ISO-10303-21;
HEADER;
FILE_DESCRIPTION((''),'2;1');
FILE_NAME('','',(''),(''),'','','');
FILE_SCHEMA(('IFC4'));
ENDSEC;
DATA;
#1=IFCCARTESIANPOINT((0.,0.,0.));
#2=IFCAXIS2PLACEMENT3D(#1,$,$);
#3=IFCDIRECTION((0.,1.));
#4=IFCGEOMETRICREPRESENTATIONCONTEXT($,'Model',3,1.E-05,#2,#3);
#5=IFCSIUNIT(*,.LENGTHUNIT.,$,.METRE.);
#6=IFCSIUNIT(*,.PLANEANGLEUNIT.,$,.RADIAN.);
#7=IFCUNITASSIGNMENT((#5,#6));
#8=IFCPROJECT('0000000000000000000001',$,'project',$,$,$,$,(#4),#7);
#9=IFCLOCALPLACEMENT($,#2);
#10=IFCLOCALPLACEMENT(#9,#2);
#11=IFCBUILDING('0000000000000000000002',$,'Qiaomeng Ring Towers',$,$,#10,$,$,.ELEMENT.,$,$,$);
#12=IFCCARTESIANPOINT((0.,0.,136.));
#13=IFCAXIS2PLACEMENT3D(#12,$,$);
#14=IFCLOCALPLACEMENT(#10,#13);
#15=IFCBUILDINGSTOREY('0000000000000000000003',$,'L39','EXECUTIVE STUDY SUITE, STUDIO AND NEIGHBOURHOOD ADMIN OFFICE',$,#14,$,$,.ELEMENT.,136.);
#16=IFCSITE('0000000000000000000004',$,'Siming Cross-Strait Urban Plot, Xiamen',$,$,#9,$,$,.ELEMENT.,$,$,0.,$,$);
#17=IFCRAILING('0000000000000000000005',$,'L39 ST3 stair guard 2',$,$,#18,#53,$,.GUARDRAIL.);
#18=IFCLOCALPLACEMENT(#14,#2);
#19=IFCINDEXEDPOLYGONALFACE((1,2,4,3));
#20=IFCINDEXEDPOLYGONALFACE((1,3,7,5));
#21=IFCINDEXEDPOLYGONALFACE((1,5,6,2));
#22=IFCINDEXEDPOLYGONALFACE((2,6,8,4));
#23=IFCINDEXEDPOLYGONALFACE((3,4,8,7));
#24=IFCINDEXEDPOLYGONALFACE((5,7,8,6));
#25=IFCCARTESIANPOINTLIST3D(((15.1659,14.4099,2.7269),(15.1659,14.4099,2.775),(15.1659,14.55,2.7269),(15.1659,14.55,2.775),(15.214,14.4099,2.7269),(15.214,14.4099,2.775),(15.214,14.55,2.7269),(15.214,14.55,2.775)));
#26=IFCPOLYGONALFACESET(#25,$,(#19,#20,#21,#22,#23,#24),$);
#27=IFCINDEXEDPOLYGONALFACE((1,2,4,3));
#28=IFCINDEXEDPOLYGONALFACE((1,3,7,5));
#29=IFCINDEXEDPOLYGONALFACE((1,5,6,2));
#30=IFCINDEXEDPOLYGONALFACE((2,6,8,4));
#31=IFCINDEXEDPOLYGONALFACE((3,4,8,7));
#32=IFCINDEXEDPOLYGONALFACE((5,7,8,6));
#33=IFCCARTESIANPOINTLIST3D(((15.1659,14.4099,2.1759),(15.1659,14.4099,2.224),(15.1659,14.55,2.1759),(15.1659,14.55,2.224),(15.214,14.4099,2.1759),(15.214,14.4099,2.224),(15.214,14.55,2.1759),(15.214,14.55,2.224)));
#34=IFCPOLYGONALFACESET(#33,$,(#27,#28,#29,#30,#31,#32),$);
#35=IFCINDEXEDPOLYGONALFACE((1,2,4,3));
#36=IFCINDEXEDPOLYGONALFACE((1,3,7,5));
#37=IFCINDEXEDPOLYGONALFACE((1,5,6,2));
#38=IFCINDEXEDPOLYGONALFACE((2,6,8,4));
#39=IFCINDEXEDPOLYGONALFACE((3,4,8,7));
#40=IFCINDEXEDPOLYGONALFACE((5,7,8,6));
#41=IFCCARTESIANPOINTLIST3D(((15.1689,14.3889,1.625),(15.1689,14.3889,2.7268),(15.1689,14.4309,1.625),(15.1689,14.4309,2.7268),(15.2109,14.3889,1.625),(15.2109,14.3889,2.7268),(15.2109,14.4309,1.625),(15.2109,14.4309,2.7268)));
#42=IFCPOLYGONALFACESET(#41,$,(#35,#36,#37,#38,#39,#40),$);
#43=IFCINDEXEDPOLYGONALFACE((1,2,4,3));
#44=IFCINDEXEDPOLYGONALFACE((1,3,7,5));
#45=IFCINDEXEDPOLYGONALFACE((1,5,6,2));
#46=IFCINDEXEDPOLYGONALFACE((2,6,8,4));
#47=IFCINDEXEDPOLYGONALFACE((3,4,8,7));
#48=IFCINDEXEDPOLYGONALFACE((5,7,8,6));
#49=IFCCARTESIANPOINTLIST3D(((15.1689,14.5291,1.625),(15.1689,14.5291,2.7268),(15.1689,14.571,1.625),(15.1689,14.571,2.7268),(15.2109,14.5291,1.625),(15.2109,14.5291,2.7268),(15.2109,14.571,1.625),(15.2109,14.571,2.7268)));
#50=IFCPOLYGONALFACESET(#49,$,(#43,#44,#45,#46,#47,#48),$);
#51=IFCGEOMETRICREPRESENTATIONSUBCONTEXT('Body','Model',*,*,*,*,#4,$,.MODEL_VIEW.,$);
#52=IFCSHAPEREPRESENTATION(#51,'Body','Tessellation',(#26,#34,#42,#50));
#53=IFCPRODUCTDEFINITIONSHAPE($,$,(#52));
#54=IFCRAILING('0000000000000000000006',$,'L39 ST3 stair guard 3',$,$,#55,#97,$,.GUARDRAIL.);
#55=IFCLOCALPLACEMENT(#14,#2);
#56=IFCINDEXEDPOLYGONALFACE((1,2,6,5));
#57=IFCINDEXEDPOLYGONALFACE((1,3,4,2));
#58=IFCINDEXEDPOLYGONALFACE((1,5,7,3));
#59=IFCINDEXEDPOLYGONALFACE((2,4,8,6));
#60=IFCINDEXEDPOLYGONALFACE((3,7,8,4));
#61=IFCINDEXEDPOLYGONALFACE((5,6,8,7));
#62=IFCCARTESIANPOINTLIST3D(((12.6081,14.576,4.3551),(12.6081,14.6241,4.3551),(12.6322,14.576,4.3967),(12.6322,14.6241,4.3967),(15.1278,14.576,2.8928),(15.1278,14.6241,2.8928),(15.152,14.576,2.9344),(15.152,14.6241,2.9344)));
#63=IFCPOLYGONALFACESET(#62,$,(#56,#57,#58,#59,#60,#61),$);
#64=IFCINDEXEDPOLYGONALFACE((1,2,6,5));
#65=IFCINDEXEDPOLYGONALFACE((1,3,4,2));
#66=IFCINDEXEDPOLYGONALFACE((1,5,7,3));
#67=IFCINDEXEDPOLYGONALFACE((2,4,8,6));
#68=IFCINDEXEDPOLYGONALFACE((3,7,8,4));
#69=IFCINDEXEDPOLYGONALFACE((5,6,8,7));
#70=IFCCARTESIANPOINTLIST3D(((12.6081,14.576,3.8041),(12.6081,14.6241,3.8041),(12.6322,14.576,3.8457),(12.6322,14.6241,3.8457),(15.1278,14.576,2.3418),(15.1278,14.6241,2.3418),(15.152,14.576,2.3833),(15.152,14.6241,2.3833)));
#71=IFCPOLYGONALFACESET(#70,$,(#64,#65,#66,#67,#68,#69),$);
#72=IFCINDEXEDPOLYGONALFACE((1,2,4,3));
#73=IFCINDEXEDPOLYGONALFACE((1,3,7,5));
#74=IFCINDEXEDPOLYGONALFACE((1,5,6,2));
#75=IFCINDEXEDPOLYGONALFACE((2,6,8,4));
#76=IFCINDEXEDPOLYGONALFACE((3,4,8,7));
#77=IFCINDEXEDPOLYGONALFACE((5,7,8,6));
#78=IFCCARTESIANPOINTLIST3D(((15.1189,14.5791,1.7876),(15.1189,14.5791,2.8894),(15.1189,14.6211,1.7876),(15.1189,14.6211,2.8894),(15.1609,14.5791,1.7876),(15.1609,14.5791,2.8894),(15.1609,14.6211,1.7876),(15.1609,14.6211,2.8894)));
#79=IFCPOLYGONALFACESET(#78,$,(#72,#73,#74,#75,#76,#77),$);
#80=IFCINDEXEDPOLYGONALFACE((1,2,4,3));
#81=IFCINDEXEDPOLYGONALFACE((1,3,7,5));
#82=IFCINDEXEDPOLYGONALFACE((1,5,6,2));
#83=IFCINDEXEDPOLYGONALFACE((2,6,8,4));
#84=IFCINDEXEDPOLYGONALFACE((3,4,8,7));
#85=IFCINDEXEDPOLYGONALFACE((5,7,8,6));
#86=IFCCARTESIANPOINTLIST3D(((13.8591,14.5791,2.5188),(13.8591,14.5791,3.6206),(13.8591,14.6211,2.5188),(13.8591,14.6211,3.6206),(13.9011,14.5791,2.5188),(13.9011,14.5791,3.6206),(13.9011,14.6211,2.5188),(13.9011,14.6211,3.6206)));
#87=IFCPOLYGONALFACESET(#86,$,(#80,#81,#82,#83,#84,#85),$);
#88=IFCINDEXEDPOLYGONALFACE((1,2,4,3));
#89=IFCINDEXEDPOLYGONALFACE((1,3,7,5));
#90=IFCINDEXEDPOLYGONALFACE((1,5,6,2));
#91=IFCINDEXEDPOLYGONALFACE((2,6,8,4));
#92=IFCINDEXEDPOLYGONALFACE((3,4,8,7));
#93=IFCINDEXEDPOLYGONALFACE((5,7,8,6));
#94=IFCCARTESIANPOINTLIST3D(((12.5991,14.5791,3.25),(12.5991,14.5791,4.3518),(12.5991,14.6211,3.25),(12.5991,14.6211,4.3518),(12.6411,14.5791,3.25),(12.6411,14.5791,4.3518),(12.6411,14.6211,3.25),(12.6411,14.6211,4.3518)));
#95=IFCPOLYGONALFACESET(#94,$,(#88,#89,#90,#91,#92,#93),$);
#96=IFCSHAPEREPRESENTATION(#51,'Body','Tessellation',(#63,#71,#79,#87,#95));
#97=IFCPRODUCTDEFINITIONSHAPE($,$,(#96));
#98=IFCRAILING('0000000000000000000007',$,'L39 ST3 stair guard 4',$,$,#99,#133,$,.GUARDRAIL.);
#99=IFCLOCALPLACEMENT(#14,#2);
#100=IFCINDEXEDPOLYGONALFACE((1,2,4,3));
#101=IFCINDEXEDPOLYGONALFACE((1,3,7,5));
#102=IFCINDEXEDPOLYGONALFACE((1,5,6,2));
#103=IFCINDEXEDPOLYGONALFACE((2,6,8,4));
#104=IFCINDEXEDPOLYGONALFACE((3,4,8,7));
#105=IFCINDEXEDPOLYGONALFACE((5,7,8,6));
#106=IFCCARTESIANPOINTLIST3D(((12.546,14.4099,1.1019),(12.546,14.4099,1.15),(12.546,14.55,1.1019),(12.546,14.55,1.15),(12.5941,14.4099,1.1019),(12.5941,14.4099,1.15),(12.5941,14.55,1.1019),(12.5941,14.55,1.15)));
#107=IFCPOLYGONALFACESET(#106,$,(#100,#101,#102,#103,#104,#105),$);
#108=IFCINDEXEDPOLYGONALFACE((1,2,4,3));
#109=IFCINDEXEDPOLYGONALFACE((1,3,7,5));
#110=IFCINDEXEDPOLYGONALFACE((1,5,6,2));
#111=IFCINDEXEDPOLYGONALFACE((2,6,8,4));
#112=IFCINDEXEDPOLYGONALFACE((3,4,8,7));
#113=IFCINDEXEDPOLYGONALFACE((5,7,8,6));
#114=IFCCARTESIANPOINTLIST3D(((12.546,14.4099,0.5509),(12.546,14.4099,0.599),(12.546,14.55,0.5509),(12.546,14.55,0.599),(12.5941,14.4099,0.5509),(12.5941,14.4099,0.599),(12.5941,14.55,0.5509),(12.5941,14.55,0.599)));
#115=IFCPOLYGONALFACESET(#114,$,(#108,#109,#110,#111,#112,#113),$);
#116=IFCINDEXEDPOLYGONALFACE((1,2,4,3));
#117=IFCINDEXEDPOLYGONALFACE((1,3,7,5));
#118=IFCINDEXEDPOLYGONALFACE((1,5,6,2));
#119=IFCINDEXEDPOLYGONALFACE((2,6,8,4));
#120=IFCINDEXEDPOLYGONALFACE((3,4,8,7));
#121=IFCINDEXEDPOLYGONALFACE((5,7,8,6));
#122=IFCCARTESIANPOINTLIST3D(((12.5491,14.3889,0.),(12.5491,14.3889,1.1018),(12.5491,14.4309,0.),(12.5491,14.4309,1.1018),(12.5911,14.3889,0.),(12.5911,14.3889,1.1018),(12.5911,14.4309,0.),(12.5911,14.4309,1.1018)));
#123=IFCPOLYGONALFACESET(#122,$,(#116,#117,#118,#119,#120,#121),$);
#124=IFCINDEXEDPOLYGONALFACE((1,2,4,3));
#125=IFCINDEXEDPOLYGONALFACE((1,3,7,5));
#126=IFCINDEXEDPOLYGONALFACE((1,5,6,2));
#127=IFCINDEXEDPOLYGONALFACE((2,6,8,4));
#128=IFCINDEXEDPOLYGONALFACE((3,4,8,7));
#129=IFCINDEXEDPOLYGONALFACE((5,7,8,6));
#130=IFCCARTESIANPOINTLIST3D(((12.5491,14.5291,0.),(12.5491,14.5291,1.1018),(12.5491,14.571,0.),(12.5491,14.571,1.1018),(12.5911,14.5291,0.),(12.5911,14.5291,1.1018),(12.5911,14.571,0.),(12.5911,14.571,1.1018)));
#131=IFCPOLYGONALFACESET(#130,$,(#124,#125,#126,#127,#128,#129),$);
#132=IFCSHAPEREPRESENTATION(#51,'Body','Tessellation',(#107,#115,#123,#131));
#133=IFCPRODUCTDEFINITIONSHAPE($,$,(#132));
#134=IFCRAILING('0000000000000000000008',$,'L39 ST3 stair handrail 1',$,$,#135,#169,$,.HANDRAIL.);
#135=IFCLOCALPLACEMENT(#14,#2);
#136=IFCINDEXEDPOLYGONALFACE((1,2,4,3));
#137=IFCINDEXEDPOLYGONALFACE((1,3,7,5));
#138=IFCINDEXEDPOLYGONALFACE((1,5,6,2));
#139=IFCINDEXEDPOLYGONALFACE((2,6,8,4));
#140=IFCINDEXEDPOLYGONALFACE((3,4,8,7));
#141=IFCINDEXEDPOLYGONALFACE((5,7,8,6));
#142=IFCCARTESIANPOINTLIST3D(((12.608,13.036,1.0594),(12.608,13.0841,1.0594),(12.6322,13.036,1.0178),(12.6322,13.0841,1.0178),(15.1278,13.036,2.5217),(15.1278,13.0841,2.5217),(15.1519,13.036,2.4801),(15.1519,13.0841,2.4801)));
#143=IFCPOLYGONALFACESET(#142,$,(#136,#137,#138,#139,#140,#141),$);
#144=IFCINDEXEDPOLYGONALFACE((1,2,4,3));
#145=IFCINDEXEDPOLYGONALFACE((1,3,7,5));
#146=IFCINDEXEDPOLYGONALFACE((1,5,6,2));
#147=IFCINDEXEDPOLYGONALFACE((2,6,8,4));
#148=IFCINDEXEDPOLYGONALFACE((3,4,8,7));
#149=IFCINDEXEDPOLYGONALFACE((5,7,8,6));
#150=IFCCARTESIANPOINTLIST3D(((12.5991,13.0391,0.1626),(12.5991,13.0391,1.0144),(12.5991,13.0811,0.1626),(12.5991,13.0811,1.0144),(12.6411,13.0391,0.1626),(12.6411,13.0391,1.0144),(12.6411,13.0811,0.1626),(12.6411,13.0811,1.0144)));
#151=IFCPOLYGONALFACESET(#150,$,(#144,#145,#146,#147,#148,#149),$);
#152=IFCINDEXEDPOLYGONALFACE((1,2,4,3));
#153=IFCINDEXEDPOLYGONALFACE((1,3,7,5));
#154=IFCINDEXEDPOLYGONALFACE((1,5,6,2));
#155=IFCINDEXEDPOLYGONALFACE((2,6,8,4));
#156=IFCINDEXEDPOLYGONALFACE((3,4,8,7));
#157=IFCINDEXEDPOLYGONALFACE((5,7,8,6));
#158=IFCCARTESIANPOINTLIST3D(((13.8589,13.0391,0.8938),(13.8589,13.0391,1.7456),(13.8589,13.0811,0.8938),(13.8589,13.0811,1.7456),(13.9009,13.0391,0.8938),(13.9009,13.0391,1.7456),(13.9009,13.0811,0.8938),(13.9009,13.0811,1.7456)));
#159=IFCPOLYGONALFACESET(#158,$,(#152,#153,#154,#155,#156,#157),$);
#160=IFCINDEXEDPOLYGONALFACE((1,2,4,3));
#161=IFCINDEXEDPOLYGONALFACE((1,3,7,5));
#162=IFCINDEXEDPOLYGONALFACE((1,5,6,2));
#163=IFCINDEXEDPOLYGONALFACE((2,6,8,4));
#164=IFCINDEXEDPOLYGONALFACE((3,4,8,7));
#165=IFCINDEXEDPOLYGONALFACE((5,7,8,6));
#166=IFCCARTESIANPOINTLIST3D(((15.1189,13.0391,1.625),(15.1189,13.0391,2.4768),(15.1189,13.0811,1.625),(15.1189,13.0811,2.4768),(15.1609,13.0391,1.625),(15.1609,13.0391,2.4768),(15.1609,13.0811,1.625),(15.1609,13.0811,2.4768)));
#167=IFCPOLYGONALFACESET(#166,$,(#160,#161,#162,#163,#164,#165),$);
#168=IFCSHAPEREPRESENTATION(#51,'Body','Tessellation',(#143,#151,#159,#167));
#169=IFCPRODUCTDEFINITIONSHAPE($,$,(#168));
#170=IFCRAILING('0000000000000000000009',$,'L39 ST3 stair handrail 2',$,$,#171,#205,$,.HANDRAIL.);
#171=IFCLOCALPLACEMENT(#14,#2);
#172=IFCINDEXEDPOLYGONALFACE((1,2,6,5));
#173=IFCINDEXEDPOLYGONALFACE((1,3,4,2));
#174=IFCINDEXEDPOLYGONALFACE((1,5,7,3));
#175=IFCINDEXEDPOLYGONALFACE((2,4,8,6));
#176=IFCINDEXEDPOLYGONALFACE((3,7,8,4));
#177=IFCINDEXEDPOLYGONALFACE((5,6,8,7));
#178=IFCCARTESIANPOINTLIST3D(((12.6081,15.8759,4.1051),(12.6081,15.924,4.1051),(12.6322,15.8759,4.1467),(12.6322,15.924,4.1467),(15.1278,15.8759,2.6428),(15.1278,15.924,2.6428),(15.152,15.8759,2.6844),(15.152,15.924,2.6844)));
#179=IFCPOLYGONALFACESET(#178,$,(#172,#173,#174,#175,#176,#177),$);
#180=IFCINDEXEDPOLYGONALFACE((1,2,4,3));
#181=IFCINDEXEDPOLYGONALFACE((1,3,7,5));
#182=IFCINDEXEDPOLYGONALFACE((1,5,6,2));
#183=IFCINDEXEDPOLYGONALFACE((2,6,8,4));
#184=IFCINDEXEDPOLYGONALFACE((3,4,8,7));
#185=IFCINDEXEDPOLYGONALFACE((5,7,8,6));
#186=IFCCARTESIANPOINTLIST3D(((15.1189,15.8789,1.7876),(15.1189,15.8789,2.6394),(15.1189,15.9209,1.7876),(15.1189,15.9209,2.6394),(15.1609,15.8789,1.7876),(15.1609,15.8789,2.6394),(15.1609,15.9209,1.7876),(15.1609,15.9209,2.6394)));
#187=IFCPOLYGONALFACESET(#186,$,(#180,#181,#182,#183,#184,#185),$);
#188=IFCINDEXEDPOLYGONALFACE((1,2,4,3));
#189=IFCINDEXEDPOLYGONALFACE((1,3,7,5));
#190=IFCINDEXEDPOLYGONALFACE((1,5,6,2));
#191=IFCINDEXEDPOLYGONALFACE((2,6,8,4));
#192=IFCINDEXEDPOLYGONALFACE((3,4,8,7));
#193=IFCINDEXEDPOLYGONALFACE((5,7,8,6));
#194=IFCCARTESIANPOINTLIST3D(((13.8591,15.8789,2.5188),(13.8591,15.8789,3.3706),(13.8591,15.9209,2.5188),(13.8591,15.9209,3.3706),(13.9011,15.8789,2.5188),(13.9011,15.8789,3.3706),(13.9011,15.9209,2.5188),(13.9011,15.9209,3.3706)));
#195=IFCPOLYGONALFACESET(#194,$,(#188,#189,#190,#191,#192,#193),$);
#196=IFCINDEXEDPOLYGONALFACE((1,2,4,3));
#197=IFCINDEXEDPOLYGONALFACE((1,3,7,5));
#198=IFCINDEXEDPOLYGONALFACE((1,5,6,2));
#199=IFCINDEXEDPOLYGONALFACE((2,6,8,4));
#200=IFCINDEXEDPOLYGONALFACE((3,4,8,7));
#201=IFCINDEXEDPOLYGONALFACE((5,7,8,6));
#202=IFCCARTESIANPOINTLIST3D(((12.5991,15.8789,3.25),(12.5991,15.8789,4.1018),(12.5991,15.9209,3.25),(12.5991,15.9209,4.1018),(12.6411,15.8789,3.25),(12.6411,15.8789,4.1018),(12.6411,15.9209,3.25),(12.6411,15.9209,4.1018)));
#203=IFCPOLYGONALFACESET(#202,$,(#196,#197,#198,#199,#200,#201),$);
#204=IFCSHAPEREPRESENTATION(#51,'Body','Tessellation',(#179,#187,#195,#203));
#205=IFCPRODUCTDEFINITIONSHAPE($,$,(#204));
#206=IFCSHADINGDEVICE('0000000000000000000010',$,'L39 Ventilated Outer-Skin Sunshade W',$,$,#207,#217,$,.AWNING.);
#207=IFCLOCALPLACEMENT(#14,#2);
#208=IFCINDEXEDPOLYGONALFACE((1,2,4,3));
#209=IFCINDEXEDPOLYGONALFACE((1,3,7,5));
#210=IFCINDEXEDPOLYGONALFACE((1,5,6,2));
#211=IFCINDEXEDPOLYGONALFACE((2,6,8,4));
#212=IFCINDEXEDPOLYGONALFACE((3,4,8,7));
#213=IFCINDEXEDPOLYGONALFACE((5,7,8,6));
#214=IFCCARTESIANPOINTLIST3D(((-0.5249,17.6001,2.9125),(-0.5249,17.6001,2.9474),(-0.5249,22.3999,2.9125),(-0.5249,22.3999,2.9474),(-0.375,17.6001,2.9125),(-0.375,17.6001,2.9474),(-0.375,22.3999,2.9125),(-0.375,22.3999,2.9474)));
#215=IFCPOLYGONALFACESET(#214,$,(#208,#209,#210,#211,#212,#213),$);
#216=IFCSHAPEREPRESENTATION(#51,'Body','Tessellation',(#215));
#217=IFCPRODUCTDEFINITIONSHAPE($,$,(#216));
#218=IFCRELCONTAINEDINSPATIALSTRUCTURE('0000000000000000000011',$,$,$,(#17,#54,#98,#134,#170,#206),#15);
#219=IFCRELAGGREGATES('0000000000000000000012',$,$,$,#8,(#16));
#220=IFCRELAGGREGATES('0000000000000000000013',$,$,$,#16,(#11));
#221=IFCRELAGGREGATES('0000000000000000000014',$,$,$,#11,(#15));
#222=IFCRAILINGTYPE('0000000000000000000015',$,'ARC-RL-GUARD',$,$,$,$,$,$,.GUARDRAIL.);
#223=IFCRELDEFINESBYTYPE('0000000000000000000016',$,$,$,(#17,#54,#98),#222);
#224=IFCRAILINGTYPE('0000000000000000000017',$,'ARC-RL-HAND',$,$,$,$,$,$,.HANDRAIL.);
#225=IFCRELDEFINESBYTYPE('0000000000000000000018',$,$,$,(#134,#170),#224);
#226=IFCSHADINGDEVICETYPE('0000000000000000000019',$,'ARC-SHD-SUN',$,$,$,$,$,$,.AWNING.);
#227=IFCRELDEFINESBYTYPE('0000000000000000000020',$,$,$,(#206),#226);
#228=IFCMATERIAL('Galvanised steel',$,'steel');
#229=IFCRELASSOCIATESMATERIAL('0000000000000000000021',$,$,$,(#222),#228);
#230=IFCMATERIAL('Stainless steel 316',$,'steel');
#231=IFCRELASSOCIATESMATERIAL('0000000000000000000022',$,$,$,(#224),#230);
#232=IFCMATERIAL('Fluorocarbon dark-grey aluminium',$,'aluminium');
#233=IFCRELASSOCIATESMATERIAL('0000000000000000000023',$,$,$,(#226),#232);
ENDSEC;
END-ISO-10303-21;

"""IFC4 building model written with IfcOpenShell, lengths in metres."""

from ifc_helpers import new_model, si_unit, direction, frame, origin, origin_2d, place, context, subcontext, project, spatial, rectangle, extrude, source, transform, mapped, material, material_profile, profile_set, type_object, element, save


model = new_model("IFC4")

# Units and contexts
model_context = context("Model", 3, precision=1e-05, world=origin(), true_north=direction((0.0, 1.0)))
body_context = subcontext(model_context, "Body", "Model", "MODEL_VIEW")
ifc_project = project(units=[si_unit("LENGTHUNIT", "METRE"), si_unit("PLANEANGLEUNIT", "RADIAN")], contexts=[model_context])

# Site, building, storey
site_placement = place(None, origin())
site = spatial("IfcSite", under=ifc_project, at=site_placement, Name="Siming Cross-Strait Urban Plot, Xiamen", CompositionType="ELEMENT", RefElevation=0.0)
building_placement = place(site_placement, origin())
building = spatial("IfcBuilding", under=site, at=building_placement, Name="Qiaomeng Ring Towers", CompositionType="ELEMENT")
storey_placement = place(building_placement, frame((0.0, 0.0, 136.0)))
storey = spatial("IfcBuildingStorey", under=building, at=storey_placement, Name="L39", Description="EXECUTIVE STUDY SUITE, STUDIO AND NEIGHBOURHOOD ADMIN OFFICE", CompositionType="ELEMENT", Elevation=136.0)

# Shared definitions
ifc_material_1 = material(Name="Fluorocarbon dark-grey aluminium", Category="aluminium")

# Shared definitions
ifc_material_2 = material(Name="Galvanised steel", Category="steel")

# Railings
railing_type_1 = type_object("IfcRailingType", Name="ARC-RL-GUARD", PredefinedType="GUARDRAIL", material=ifc_material_2)
railing_1_placement = place(storey_placement, frame((15.1899, 14.4099, 1.625)))
element("IfcRailing", 1, at=railing_1_placement, inside=storey, type_object=railing_type_1, Name="L39 ST3 stair guard 2", PredefinedType="GUARDRAIL", context=body_context, shape_type="SweptSolid", body=[
    extrude(rectangle(XDim=0.0481, YDim=0.0481, at=origin_2d()), frame((0.0, 0.0, 1.126), z_axis=(0.0, 1.0, 0.0), x_axis=(-1.0, 0.0, 0.0)), (0.0, 0.0, 1.0), 0.1401),
    extrude(rectangle(XDim=0.0481, YDim=0.0481, at=origin_2d()), frame((0.0, 0.0, 0.575), z_axis=(0.0, 1.0, 0.0), x_axis=(-1.0, 0.0, 0.0)), (0.0, 0.0, 1.0), 0.1401),
    extrude(rectangle(XDim=0.042, YDim=0.042, at=origin_2d()), origin(), (0.0, 0.0, 1.0), 1.1018),
    extrude(rectangle(XDim=0.042, YDim=0.042, at=origin_2d()), frame((0.0, 0.1401, 0.0)), (0.0, 0.0, 1.0), 1.1018),
])
railing_2_placement = place(storey_placement, frame((15.1399, 14.6001, 1.7876)))
element("IfcRailing", 2, at=railing_2_placement, inside=storey, type_object=railing_type_1, Name="L39 ST3 stair guard 3", PredefinedType="GUARDRAIL", context=body_context, shape_type="SweptSolid", body=[
    extrude(rectangle(XDim=0.0481, YDim=0.0481, at=origin_2d()), frame((0.0, 0.0, 1.126), z_axis=(-0.864892, 0.0, 0.501958), x_axis=(0.0, -1.0, 0.0)), (0.0, 0.0, 1.0), 2.9133),
    extrude(rectangle(XDim=0.0481, YDim=0.0481, at=origin_2d()), frame((0.0, 0.0, 0.575), z_axis=(-0.864892, 0.0, 0.501958), x_axis=(0.0, -1.0, 0.0)), (0.0, 0.0, 1.0), 2.9133),
    extrude(rectangle(XDim=0.042, YDim=0.042, at=origin_2d()), origin(), (0.0, 0.0, 1.0), 1.1018),
    extrude(rectangle(XDim=0.042, YDim=0.042, at=origin_2d()), frame((-1.2598, 0.0, 0.7312)), (0.0, 0.0, 1.0), 1.1018),
    extrude(rectangle(XDim=0.042, YDim=0.042, at=origin_2d()), frame((-2.5198, 0.0, 1.4624)), (0.0, 0.0, 1.0), 1.1018),
])
railing_3_placement = place(storey_placement, frame((12.5701, 14.4099, 0.0)))
element("IfcRailing", 3, at=railing_3_placement, inside=storey, type_object=railing_type_1, Name="L39 ST3 stair guard 4", PredefinedType="GUARDRAIL", context=body_context, shape_type="SweptSolid", body=[
    extrude(rectangle(XDim=0.0481, YDim=0.0481, at=origin_2d()), frame((0.0, 0.0, 1.126), z_axis=(0.0, 1.0, 0.0), x_axis=(-1.0, 0.0, 0.0)), (0.0, 0.0, 1.0), 0.1401),
    extrude(rectangle(XDim=0.0481, YDim=0.0481, at=origin_2d()), frame((0.0, 0.0, 0.575), z_axis=(0.0, 1.0, 0.0), x_axis=(-1.0, 0.0, 0.0)), (0.0, 0.0, 1.0), 0.1401),
    extrude(rectangle(XDim=0.042, YDim=0.042, at=origin_2d()), origin(), (0.0, 0.0, 1.0), 1.1018),
    extrude(rectangle(XDim=0.042, YDim=0.042, at=origin_2d()), frame((0.0, 0.1401, 0.0)), (0.0, 0.0, 1.0), 1.1018),
])
ifc_material_3 = material(Name="Stainless steel 316", Category="steel")
railing_type_2 = type_object("IfcRailingType", Name="ARC-RL-HAND", PredefinedType="HANDRAIL", material=ifc_material_3)
railing_4_placement = place(storey_placement, frame((12.6201, 13.0601, 0.1626)))
element("IfcRailing", 4, at=railing_4_placement, inside=storey, type_object=railing_type_2, Name="L39 ST3 stair handrail 1", PredefinedType="HANDRAIL", context=body_context, shape_type="SweptSolid", body=[
    extrude(rectangle(XDim=0.0481, YDim=0.0481, at=origin_2d()), frame((0.0, 0.0, 0.876), z_axis=(0.864892, 0.0, 0.501958), x_axis=(0.0, 1.0, 0.0)), (0.0, 0.0, 1.0), 2.9133),
    extrude(rectangle(XDim=0.042, YDim=0.042, at=origin_2d()), origin(), (0.0, 0.0, 1.0), 0.8518),
    extrude(rectangle(XDim=0.042, YDim=0.042, at=origin_2d()), frame((1.2598, 0.0, 0.7312)), (0.0, 0.0, 1.0), 0.8518),
    extrude(rectangle(XDim=0.042, YDim=0.042, at=origin_2d()), frame((2.5198, 0.0, 1.4624)), (0.0, 0.0, 1.0), 0.8518),
])
railing_5_placement = place(storey_placement, frame((15.1399, 15.8999, 1.7876)))
element("IfcRailing", 5, at=railing_5_placement, inside=storey, type_object=railing_type_2, Name="L39 ST3 stair handrail 2", PredefinedType="HANDRAIL", context=body_context, shape_type="SweptSolid", body=[
    extrude(rectangle(XDim=0.0481, YDim=0.0481, at=origin_2d()), frame((0.0, 0.0, 0.876), z_axis=(-0.864892, 0.0, 0.501958), x_axis=(0.0, -1.0, 0.0)), (0.0, 0.0, 1.0), 2.9133),
    extrude(rectangle(XDim=0.042, YDim=0.042, at=origin_2d()), origin(), (0.0, 0.0, 1.0), 0.8518),
    extrude(rectangle(XDim=0.042, YDim=0.042, at=origin_2d()), frame((-1.2598, 0.0, 0.7312)), (0.0, 0.0, 1.0), 0.8518),
    extrude(rectangle(XDim=0.042, YDim=0.042, at=origin_2d()), frame((-2.5198, 0.0, 1.4624)), (0.0, 0.0, 1.0), 0.8518),
])

# Shading device
ifc_material_profile_1 = material_profile(ifc_material_1, rectangle(XDim=0.1499, YDim=0.0349, at=origin_2d()), Name="LV BLADE 150x35")
ifc_profile_set_1 = profile_set([ifc_material_profile_1], Name="Fluorocarbon dark-grey aluminium")
shading_device_type = type_object("IfcShadingDeviceType", Name="ARC-SHD-SUN", PredefinedType="AWNING", material=ifc_profile_set_1)
shared_shape_1 = source(origin(), body_context, "Body", "SweptSolid", [
    extrude(rectangle(XDim=0.1499, YDim=0.0349, at=origin_2d()), origin(), (0.0, 0.0, 1.0), 4.7998),
])
shading_device_placement = place(storey_placement, frame((-0.45, 17.6001, 2.9299), z_axis=(0.0, 1.0, 0.0), x_axis=(-1.0, 0.0, 0.0)))
element("IfcShadingDevice", 6, at=shading_device_placement, inside=storey, type_object=shading_device_type, Name="L39 Ventilated Outer-Skin Sunshade W", PredefinedType="AWNING", context=body_context, shape_type="MappedRepresentation", body=[
    mapped(shared_shape_1, transform((0.0, 0.0, 0.0), x_axis=(1.0, 0.0, 0.0), y_axis=(0.0, 1.0, 0.0), z_axis=(0.0, 0.0, 1.0), scale=1.0)),
])

save(model, "model.ifc")
